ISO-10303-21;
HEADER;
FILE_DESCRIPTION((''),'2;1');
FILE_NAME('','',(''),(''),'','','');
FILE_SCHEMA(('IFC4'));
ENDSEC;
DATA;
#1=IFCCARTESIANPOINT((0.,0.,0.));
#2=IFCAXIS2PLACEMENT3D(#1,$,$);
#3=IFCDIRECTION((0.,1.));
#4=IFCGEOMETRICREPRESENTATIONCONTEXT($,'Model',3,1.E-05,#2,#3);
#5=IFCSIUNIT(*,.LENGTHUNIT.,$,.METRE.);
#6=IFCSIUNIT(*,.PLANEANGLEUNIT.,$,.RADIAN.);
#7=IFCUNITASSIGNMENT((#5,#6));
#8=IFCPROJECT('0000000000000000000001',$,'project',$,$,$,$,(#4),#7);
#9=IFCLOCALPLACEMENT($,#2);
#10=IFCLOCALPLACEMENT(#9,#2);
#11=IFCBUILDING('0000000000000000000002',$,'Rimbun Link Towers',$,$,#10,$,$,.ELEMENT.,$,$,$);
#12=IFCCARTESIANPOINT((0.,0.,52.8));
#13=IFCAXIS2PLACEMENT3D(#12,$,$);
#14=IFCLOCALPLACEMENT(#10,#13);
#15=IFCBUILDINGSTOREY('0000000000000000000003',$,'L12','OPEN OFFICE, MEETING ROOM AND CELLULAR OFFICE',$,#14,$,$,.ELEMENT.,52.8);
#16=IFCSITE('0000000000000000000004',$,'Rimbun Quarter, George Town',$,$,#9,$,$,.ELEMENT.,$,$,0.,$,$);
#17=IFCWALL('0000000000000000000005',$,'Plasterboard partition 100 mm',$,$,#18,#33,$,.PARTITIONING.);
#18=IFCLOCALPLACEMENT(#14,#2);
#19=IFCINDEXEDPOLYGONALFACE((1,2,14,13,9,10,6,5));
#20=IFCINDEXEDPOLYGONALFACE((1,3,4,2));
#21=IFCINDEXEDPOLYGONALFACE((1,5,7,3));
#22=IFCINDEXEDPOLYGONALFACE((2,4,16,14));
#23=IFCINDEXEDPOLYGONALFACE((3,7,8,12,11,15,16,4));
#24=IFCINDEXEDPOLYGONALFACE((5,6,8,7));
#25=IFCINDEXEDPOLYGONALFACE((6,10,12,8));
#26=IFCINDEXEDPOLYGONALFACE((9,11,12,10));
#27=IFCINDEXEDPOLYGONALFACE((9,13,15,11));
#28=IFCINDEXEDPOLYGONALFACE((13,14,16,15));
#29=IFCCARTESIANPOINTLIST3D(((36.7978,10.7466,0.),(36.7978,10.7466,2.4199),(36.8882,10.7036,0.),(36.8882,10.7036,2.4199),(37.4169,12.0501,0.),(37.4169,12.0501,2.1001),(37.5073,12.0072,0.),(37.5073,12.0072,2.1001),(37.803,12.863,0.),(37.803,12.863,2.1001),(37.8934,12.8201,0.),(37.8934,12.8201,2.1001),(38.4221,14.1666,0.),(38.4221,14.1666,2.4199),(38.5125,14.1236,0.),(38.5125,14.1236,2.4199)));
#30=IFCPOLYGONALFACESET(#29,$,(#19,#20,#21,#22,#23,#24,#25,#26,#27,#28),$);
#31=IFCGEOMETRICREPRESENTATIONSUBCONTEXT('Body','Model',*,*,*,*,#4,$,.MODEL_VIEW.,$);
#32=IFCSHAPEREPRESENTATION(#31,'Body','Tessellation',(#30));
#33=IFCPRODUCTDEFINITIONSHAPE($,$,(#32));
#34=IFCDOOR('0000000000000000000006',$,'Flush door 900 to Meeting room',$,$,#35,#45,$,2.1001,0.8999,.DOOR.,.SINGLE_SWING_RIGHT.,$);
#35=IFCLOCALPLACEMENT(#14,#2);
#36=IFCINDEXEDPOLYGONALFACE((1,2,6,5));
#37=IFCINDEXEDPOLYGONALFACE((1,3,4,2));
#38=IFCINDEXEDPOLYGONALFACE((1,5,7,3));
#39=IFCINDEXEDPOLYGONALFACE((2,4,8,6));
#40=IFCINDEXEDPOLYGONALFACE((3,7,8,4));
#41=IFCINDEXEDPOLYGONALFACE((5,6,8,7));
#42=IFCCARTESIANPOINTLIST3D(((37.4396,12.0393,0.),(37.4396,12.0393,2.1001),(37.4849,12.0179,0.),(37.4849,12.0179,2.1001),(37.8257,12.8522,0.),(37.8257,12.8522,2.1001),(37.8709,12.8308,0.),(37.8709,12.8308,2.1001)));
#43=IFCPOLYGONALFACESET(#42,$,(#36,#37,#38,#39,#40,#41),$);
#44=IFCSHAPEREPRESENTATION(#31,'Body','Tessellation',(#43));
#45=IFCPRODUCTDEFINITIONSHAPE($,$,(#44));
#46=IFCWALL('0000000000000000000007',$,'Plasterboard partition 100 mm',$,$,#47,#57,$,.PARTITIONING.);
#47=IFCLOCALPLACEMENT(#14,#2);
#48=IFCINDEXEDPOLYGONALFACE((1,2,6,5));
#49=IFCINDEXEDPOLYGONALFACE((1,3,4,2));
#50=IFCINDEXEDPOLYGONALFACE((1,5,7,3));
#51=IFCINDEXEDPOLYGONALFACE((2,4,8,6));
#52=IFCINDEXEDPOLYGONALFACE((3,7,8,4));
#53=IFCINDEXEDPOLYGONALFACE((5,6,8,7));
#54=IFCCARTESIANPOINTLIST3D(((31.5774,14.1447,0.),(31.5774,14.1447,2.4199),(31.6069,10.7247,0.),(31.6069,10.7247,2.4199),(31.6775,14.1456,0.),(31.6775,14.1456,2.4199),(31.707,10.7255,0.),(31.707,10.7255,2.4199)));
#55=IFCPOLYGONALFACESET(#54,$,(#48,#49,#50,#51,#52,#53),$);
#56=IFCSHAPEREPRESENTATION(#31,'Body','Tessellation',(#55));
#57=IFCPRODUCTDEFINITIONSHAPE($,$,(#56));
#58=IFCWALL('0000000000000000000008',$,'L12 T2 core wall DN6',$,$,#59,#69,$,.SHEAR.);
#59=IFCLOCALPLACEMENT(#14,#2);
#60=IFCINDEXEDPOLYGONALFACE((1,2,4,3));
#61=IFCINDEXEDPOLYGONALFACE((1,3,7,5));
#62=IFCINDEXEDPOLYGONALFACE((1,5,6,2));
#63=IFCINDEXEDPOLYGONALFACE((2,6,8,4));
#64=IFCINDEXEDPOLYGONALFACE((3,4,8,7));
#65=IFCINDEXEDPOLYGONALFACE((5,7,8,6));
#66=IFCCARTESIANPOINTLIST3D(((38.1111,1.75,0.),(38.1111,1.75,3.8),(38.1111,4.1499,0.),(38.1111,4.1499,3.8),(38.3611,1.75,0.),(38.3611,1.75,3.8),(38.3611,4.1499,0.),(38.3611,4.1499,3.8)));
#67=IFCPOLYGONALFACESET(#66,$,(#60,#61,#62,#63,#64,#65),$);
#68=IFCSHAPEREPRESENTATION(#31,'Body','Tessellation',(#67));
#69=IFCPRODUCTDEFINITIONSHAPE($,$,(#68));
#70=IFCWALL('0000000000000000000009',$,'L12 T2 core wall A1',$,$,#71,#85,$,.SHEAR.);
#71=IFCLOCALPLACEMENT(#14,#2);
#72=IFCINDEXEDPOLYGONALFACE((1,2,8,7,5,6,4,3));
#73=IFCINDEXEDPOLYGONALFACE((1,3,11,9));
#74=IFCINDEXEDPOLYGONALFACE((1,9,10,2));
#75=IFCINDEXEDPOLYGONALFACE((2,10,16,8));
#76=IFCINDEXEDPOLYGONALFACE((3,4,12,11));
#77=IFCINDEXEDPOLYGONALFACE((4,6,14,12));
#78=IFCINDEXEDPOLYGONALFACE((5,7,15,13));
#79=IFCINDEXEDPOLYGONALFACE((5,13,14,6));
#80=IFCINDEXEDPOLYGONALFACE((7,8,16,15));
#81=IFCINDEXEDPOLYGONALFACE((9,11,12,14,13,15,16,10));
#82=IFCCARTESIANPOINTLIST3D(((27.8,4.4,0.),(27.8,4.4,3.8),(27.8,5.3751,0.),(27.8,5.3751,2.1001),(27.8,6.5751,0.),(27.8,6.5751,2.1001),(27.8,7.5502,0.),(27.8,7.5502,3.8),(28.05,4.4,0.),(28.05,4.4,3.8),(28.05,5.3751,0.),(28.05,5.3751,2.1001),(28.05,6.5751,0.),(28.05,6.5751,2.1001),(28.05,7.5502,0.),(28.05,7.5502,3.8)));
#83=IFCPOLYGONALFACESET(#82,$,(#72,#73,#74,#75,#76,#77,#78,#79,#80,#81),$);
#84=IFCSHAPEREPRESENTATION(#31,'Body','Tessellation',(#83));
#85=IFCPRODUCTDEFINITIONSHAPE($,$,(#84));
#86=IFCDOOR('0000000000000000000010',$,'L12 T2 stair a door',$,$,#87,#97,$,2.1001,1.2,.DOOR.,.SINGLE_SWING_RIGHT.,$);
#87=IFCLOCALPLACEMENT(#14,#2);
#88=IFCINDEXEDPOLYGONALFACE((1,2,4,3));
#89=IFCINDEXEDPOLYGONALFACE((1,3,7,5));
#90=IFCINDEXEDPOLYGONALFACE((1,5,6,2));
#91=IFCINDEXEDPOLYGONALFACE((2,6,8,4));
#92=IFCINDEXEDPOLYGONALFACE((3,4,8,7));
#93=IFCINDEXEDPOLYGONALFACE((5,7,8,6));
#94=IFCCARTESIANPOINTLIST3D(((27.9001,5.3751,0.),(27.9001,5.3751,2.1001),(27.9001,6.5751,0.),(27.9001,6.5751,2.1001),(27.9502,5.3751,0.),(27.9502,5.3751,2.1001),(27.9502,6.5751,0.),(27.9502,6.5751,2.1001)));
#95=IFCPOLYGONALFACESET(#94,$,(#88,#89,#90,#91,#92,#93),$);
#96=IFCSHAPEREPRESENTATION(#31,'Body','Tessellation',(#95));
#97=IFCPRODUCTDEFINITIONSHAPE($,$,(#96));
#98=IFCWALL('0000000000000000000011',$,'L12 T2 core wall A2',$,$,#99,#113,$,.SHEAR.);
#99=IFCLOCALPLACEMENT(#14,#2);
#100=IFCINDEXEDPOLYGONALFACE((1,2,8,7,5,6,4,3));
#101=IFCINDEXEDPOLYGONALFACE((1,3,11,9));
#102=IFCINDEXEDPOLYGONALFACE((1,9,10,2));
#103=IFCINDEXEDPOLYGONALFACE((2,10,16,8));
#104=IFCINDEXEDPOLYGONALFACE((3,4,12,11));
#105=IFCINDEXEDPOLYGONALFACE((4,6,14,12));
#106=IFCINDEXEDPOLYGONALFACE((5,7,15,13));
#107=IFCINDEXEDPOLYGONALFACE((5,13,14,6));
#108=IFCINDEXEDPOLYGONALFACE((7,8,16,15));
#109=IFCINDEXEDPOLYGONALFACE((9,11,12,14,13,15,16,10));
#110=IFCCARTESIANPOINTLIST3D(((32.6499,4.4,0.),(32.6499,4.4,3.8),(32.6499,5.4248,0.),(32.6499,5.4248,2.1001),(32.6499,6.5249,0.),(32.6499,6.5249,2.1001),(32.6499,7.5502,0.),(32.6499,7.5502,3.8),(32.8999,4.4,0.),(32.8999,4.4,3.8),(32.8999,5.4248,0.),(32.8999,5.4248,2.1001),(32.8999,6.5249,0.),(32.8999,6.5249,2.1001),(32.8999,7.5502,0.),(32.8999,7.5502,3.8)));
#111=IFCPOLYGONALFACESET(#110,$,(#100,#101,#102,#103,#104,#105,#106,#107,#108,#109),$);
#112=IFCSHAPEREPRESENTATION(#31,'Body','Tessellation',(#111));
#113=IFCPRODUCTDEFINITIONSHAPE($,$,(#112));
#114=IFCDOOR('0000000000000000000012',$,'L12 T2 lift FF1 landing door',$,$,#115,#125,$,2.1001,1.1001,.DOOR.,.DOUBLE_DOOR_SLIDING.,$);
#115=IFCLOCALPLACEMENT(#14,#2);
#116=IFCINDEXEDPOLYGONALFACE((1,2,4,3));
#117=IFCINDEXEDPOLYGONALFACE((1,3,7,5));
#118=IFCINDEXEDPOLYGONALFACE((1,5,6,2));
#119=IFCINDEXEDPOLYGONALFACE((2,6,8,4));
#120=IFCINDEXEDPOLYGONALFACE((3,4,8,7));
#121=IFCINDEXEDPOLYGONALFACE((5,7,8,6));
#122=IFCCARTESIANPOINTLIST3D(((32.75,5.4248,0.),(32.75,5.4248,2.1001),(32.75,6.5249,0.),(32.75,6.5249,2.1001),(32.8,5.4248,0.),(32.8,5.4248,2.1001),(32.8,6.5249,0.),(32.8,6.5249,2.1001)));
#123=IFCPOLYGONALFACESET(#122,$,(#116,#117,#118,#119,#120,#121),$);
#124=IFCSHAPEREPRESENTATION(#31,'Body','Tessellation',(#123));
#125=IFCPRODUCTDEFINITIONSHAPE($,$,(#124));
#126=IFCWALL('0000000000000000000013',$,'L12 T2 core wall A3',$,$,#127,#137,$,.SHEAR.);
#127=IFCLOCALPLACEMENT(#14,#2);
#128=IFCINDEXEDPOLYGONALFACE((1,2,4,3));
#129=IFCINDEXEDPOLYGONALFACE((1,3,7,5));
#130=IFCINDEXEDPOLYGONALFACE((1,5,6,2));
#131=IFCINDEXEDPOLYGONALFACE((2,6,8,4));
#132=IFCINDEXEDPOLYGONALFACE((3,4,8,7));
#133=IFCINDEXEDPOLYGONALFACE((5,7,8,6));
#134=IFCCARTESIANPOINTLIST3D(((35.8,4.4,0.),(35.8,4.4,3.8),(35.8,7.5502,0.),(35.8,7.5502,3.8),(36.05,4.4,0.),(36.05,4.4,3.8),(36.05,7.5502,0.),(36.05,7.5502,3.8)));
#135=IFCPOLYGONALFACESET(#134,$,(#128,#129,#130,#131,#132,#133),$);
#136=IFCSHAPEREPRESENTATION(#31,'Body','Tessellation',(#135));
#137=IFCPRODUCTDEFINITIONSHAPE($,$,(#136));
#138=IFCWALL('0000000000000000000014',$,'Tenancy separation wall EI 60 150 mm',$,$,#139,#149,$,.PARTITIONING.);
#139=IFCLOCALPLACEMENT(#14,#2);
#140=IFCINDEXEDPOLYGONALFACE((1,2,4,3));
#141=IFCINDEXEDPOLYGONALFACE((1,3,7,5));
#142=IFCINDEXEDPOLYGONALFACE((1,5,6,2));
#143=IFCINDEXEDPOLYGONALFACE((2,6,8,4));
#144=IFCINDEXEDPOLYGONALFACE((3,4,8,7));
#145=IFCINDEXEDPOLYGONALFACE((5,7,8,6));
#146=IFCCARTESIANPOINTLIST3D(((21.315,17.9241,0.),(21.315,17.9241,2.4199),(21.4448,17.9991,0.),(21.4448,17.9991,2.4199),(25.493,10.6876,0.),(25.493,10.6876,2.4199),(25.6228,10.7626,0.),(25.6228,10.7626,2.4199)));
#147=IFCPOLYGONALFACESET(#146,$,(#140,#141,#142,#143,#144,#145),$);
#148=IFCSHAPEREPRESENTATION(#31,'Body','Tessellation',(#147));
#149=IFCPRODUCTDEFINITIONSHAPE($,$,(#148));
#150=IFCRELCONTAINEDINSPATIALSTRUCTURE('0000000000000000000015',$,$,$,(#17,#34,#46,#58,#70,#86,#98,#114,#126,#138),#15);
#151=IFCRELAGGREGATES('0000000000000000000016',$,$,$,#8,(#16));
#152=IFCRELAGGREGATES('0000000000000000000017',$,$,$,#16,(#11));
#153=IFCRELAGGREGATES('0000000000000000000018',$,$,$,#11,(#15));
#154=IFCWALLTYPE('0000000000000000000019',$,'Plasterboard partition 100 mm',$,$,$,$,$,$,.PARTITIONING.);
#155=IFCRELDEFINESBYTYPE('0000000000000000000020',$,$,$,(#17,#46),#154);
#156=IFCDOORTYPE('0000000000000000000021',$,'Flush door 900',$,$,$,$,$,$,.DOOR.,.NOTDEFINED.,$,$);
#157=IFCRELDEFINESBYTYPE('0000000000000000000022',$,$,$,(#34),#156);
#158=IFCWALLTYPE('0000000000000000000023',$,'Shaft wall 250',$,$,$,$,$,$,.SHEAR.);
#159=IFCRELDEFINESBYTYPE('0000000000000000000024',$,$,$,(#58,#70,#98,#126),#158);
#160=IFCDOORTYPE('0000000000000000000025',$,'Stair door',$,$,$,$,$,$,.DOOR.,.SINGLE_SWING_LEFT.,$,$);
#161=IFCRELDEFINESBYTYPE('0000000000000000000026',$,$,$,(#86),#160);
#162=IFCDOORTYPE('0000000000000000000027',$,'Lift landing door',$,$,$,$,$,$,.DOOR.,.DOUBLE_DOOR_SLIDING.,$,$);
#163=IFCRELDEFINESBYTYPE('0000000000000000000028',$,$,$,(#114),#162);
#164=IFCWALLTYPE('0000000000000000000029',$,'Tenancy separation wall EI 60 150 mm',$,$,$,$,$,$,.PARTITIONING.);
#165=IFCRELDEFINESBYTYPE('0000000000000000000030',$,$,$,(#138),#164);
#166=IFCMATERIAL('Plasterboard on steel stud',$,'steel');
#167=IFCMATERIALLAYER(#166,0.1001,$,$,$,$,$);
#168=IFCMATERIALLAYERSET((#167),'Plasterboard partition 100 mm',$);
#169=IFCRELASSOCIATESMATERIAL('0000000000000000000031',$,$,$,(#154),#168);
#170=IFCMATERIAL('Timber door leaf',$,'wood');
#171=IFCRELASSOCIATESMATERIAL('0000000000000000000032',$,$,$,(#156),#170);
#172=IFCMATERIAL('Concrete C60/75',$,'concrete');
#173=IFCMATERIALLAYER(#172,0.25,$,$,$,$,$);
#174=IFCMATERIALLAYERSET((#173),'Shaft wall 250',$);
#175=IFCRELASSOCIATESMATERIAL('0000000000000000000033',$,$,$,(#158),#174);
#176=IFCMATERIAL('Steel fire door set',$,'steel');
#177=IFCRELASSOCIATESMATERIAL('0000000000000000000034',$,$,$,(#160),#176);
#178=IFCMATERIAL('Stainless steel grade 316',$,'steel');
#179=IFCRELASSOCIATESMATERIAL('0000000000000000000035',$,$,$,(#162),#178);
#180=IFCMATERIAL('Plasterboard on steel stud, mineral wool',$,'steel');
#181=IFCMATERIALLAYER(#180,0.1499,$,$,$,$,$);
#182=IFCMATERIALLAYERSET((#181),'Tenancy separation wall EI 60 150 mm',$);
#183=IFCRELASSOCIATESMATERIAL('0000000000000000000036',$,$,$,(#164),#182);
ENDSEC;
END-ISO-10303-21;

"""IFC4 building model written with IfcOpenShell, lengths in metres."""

from ifc_helpers import new_model, si_unit, direction, frame, frame_2d, origin, place, context, subcontext, project, spatial, rectangle, extrude, material, layer, layer_set, type_object, element, fill, save


model = new_model("IFC4")

# Units and contexts
model_context = context("Model", 3, precision=1e-05, world=origin(), true_north=direction((0.0, 1.0)))
body_context = subcontext(model_context, "Body", "Model", "MODEL_VIEW")
ifc_project = project(units=[si_unit("LENGTHUNIT", "METRE"), si_unit("PLANEANGLEUNIT", "RADIAN")], contexts=[model_context])

# Site, building, storey
site_placement = place(None, origin())
site = spatial("IfcSite", under=ifc_project, at=site_placement, Name="Rimbun Quarter, George Town", CompositionType="ELEMENT", RefElevation=0.0)
building_placement = place(site_placement, origin())
building = spatial("IfcBuilding", under=site, at=building_placement, Name="Rimbun Link Towers", CompositionType="ELEMENT")
storey_placement = place(building_placement, frame((0.0, 0.0, 52.8)))
storey = spatial("IfcBuildingStorey", under=building, at=storey_placement, Name="L12", Description="OPEN OFFICE, MEETING ROOM AND CELLULAR OFFICE", CompositionType="ELEMENT", Elevation=52.8)

# Wall, opening, door
ifc_material_1 = material(Name="Plasterboard on steel stud", Category="steel")
ifc_layer_1 = layer(ifc_material_1, 0.1001)
ifc_layer_set_1 = layer_set([ifc_layer_1], Name="Plasterboard partition 100 mm")
wall_type_1 = type_object("IfcWallType", Name="Plasterboard partition 100 mm", PredefinedType="PARTITIONING", material=ifc_layer_set_1)
wall_1_placement = place(storey_placement, frame((36.843, 10.7251, 0.0), z_axis=(0.0, 0.0, 1.0), x_axis=(0.429015, 0.903297, 0.0)))
wall_1 = element("IfcWall", 1, at=wall_1_placement, inside=storey, type_object=wall_type_1, Name="Plasterboard partition 100 mm", PredefinedType="PARTITIONING", context=body_context, shape_type="SweptSolid", body=[
    extrude(rectangle(XDim=3.7861, YDim=0.1001, at=frame_2d((1.8931, 0.0))), origin(), (0.0, 0.0, 1.0), 2.4199),
])
opening_1_placement = place(wall_1_placement, frame((1.4431, 0.0, 0.0)))
opening_1 = element("IfcOpeningElement", 2, at=opening_1_placement, cuts=wall_1, PredefinedType="OPENING", context=body_context, shape_type="SweptSolid", body=[
    extrude(rectangle(XDim=0.8999, YDim=2.1001, at=frame_2d((0.45, 1.05))), frame((0.0, 0.0601, 0.0), z_axis=(0.0, -1.0, 0.0), x_axis=(1.0, 0.0, 0.0)), (0.0, 0.0, 1.0), 0.1201),
])
ifc_material_2 = material(Name="Timber door leaf", Category="wood")
door_type_1 = type_object("IfcDoorType", Name="Flush door 900", OperationType="NOTDEFINED", PredefinedType="DOOR", material=ifc_material_2)
door_1_placement = place(opening_1_placement, origin())
door_1 = element("IfcDoor", 3, at=door_1_placement, inside=storey, type_object=door_type_1, Name="Flush door 900 to Meeting room", OperationType="SINGLE_SWING_RIGHT", OverallHeight=2.1001, OverallWidth=0.8999, PredefinedType="DOOR", context=body_context, shape_type="SweptSolid", body=[
    extrude(rectangle(XDim=0.8999, YDim=2.1001, at=frame_2d((0.45, 1.05))), frame((0.0, 0.0249, 0.0), z_axis=(0.0, -1.0, 0.0), x_axis=(1.0, 0.0, 0.0)), (0.0, 0.0, 1.0), 0.05),
])
fill(opening_1, door_1)

# Walls
wall_2_placement = place(storey_placement, frame((31.6274, 14.145, 0.0), z_axis=(0.0, 0.0, 1.0), x_axis=(0.008638, -0.999963, 0.0)))
element("IfcWall", 4, at=wall_2_placement, inside=storey, type_object=wall_type_1, Name="Plasterboard partition 100 mm", PredefinedType="PARTITIONING", context=body_context, shape_type="SweptSolid", body=[
    extrude(rectangle(XDim=3.4202, YDim=0.1001, at=frame_2d((1.71, 0.0))), origin(), (0.0, 0.0, 1.0), 2.4199),
])
ifc_material_3 = material(Name="Concrete C60/75", Category="concrete")
ifc_layer_2 = layer(ifc_material_3, 0.25)
ifc_layer_set_2 = layer_set([ifc_layer_2], Name="Shaft wall 250")
wall_type_2 = type_object("IfcWallType", Name="Shaft wall 250", PredefinedType="SHEAR", material=ifc_layer_set_2)
wall_3_placement = place(storey_placement, frame((38.2361, 1.75, 0.0), z_axis=(0.0, 0.0, 1.0), x_axis=(0.0, 1.0, 0.0)))
element("IfcWall", 5, at=wall_3_placement, inside=storey, type_object=wall_type_2, Name="L12 T2 core wall DN6", PredefinedType="SHEAR", context=body_context, shape_type="SweptSolid", body=[
    extrude(rectangle(XDim=2.3999, YDim=0.25, at=frame_2d((1.2, 0.0))), origin(), (0.0, 0.0, 1.0), 3.8),
])

# Walls, openings, doors
wall_4_placement = place(storey_placement, frame((27.925, 4.3999, 0.0), z_axis=(0.0, 0.0, 1.0), x_axis=(0.0, 1.0, 0.0)))
wall_4 = element("IfcWall", 6, at=wall_4_placement, inside=storey, type_object=wall_type_2, Name="L12 T2 core wall A1", PredefinedType="SHEAR", context=body_context, shape_type="SweptSolid", body=[
    extrude(rectangle(XDim=3.1501, YDim=0.25, at=frame_2d((1.5752, 0.0))), origin(), (0.0, 0.0, 1.0), 3.8),
])
opening_2_placement = place(wall_4_placement, frame((0.9751, 0.0, 0.0)))
opening_2 = element("IfcOpeningElement", 7, at=opening_2_placement, cuts=wall_4, PredefinedType="OPENING", context=body_context, shape_type="SweptSolid", body=[
    extrude(rectangle(XDim=1.2, YDim=2.1001, at=frame_2d((0.6001, 1.05))), frame((0.0, 0.135, 0.0), z_axis=(0.0, -1.0, 0.0), x_axis=(1.0, 0.0, 0.0)), (0.0, 0.0, 1.0), 0.27),
])
ifc_material_4 = material(Name="Steel fire door set", Category="steel")
door_type_2 = type_object("IfcDoorType", Name="Stair door", OperationType="SINGLE_SWING_LEFT", PredefinedType="DOOR", material=ifc_material_4)
door_2_placement = place(opening_2_placement, origin())
door_2 = element("IfcDoor", 8, at=door_2_placement, inside=storey, type_object=door_type_2, Name="L12 T2 stair a door", OperationType="SINGLE_SWING_RIGHT", OverallHeight=2.1001, OverallWidth=1.2, PredefinedType="DOOR", context=body_context, shape_type="SweptSolid", body=[
    extrude(rectangle(XDim=1.2, YDim=2.1001, at=frame_2d((0.6001, 1.05))), frame((0.0, 0.0249, 0.0), z_axis=(0.0, -1.0, 0.0), x_axis=(1.0, 0.0, 0.0)), (0.0, 0.0, 1.0), 0.05),
])
fill(opening_2, door_2)
wall_5_placement = place(storey_placement, frame((32.7749, 4.3999, 0.0), z_axis=(0.0, 0.0, 1.0), x_axis=(0.0, 1.0, 0.0)))
wall_5 = element("IfcWall", 9, at=wall_5_placement, inside=storey, type_object=wall_type_2, Name="L12 T2 core wall A2", PredefinedType="SHEAR", context=body_context, shape_type="SweptSolid", body=[
    extrude(rectangle(XDim=3.1501, YDim=0.25, at=frame_2d((1.5752, 0.0))), origin(), (0.0, 0.0, 1.0), 3.8),
])
opening_3_placement = place(wall_5_placement, frame((1.0249, 0.0, 0.0)))
opening_3 = element("IfcOpeningElement", 10, at=opening_3_placement, cuts=wall_5, PredefinedType="OPENING", context=body_context, shape_type="SweptSolid", body=[
    extrude(rectangle(XDim=1.1001, YDim=2.1001, at=frame_2d((0.55, 1.05))), frame((0.0, 0.135, 0.0), z_axis=(0.0, -1.0, 0.0), x_axis=(1.0, 0.0, 0.0)), (0.0, 0.0, 1.0), 0.27),
])
ifc_material_5 = material(Name="Stainless steel grade 316", Category="steel")
door_type_3 = type_object("IfcDoorType", Name="Lift landing door", OperationType="DOUBLE_DOOR_SLIDING", PredefinedType="DOOR", material=ifc_material_5)
door_3_placement = place(opening_3_placement, origin())
door_3 = element("IfcDoor", 11, at=door_3_placement, inside=storey, type_object=door_type_3, Name="L12 T2 lift FF1 landing door", OperationType="DOUBLE_DOOR_SLIDING", OverallHeight=2.1001, OverallWidth=1.1001, PredefinedType="DOOR", context=body_context, shape_type="SweptSolid", body=[
    extrude(rectangle(XDim=1.1001, YDim=2.1001, at=frame_2d((0.55, 1.05))), frame((0.0, 0.0249, 0.0), z_axis=(0.0, -1.0, 0.0), x_axis=(1.0, 0.0, 0.0)), (0.0, 0.0, 1.0), 0.05),
])
fill(opening_3, door_3)

# Walls
wall_6_placement = place(storey_placement, frame((35.925, 4.3999, 0.0), z_axis=(0.0, 0.0, 1.0), x_axis=(0.0, 1.0, 0.0)))
element("IfcWall", 12, at=wall_6_placement, inside=storey, type_object=wall_type_2, Name="L12 T2 core wall A3", PredefinedType="SHEAR", context=body_context, shape_type="SweptSolid", body=[
    extrude(rectangle(XDim=3.1501, YDim=0.25, at=frame_2d((1.5752, 0.0))), origin(), (0.0, 0.0, 1.0), 3.8),
])
ifc_material_6 = material(Name="Plasterboard on steel stud, mineral wool", Category="steel")
ifc_layer_3 = layer(ifc_material_6, 0.1499)
ifc_layer_set_3 = layer_set([ifc_layer_3], Name="Tenancy separation wall EI 60 150 mm")
wall_type_3 = type_object("IfcWallType", Name="Tenancy separation wall EI 60 150 mm", PredefinedType="PARTITIONING", material=ifc_layer_set_3)
wall_7_placement = place(storey_placement, frame((25.5579, 10.7251, 0.0), z_axis=(0.0, 0.0, 1.0), x_axis=(-0.499995, 0.866028, 0.0)))
element("IfcWall", 13, at=wall_7_placement, inside=storey, type_object=wall_type_3, Name="Tenancy separation wall EI 60 150 mm", PredefinedType="PARTITIONING", context=body_context, shape_type="SweptSolid", body=[
    extrude(rectangle(XDim=8.356, YDim=0.1499, at=frame_2d((4.178, 0.0))), origin(), (0.0, 0.0, 1.0), 2.4199),
])

save(model, "model.ifc")
